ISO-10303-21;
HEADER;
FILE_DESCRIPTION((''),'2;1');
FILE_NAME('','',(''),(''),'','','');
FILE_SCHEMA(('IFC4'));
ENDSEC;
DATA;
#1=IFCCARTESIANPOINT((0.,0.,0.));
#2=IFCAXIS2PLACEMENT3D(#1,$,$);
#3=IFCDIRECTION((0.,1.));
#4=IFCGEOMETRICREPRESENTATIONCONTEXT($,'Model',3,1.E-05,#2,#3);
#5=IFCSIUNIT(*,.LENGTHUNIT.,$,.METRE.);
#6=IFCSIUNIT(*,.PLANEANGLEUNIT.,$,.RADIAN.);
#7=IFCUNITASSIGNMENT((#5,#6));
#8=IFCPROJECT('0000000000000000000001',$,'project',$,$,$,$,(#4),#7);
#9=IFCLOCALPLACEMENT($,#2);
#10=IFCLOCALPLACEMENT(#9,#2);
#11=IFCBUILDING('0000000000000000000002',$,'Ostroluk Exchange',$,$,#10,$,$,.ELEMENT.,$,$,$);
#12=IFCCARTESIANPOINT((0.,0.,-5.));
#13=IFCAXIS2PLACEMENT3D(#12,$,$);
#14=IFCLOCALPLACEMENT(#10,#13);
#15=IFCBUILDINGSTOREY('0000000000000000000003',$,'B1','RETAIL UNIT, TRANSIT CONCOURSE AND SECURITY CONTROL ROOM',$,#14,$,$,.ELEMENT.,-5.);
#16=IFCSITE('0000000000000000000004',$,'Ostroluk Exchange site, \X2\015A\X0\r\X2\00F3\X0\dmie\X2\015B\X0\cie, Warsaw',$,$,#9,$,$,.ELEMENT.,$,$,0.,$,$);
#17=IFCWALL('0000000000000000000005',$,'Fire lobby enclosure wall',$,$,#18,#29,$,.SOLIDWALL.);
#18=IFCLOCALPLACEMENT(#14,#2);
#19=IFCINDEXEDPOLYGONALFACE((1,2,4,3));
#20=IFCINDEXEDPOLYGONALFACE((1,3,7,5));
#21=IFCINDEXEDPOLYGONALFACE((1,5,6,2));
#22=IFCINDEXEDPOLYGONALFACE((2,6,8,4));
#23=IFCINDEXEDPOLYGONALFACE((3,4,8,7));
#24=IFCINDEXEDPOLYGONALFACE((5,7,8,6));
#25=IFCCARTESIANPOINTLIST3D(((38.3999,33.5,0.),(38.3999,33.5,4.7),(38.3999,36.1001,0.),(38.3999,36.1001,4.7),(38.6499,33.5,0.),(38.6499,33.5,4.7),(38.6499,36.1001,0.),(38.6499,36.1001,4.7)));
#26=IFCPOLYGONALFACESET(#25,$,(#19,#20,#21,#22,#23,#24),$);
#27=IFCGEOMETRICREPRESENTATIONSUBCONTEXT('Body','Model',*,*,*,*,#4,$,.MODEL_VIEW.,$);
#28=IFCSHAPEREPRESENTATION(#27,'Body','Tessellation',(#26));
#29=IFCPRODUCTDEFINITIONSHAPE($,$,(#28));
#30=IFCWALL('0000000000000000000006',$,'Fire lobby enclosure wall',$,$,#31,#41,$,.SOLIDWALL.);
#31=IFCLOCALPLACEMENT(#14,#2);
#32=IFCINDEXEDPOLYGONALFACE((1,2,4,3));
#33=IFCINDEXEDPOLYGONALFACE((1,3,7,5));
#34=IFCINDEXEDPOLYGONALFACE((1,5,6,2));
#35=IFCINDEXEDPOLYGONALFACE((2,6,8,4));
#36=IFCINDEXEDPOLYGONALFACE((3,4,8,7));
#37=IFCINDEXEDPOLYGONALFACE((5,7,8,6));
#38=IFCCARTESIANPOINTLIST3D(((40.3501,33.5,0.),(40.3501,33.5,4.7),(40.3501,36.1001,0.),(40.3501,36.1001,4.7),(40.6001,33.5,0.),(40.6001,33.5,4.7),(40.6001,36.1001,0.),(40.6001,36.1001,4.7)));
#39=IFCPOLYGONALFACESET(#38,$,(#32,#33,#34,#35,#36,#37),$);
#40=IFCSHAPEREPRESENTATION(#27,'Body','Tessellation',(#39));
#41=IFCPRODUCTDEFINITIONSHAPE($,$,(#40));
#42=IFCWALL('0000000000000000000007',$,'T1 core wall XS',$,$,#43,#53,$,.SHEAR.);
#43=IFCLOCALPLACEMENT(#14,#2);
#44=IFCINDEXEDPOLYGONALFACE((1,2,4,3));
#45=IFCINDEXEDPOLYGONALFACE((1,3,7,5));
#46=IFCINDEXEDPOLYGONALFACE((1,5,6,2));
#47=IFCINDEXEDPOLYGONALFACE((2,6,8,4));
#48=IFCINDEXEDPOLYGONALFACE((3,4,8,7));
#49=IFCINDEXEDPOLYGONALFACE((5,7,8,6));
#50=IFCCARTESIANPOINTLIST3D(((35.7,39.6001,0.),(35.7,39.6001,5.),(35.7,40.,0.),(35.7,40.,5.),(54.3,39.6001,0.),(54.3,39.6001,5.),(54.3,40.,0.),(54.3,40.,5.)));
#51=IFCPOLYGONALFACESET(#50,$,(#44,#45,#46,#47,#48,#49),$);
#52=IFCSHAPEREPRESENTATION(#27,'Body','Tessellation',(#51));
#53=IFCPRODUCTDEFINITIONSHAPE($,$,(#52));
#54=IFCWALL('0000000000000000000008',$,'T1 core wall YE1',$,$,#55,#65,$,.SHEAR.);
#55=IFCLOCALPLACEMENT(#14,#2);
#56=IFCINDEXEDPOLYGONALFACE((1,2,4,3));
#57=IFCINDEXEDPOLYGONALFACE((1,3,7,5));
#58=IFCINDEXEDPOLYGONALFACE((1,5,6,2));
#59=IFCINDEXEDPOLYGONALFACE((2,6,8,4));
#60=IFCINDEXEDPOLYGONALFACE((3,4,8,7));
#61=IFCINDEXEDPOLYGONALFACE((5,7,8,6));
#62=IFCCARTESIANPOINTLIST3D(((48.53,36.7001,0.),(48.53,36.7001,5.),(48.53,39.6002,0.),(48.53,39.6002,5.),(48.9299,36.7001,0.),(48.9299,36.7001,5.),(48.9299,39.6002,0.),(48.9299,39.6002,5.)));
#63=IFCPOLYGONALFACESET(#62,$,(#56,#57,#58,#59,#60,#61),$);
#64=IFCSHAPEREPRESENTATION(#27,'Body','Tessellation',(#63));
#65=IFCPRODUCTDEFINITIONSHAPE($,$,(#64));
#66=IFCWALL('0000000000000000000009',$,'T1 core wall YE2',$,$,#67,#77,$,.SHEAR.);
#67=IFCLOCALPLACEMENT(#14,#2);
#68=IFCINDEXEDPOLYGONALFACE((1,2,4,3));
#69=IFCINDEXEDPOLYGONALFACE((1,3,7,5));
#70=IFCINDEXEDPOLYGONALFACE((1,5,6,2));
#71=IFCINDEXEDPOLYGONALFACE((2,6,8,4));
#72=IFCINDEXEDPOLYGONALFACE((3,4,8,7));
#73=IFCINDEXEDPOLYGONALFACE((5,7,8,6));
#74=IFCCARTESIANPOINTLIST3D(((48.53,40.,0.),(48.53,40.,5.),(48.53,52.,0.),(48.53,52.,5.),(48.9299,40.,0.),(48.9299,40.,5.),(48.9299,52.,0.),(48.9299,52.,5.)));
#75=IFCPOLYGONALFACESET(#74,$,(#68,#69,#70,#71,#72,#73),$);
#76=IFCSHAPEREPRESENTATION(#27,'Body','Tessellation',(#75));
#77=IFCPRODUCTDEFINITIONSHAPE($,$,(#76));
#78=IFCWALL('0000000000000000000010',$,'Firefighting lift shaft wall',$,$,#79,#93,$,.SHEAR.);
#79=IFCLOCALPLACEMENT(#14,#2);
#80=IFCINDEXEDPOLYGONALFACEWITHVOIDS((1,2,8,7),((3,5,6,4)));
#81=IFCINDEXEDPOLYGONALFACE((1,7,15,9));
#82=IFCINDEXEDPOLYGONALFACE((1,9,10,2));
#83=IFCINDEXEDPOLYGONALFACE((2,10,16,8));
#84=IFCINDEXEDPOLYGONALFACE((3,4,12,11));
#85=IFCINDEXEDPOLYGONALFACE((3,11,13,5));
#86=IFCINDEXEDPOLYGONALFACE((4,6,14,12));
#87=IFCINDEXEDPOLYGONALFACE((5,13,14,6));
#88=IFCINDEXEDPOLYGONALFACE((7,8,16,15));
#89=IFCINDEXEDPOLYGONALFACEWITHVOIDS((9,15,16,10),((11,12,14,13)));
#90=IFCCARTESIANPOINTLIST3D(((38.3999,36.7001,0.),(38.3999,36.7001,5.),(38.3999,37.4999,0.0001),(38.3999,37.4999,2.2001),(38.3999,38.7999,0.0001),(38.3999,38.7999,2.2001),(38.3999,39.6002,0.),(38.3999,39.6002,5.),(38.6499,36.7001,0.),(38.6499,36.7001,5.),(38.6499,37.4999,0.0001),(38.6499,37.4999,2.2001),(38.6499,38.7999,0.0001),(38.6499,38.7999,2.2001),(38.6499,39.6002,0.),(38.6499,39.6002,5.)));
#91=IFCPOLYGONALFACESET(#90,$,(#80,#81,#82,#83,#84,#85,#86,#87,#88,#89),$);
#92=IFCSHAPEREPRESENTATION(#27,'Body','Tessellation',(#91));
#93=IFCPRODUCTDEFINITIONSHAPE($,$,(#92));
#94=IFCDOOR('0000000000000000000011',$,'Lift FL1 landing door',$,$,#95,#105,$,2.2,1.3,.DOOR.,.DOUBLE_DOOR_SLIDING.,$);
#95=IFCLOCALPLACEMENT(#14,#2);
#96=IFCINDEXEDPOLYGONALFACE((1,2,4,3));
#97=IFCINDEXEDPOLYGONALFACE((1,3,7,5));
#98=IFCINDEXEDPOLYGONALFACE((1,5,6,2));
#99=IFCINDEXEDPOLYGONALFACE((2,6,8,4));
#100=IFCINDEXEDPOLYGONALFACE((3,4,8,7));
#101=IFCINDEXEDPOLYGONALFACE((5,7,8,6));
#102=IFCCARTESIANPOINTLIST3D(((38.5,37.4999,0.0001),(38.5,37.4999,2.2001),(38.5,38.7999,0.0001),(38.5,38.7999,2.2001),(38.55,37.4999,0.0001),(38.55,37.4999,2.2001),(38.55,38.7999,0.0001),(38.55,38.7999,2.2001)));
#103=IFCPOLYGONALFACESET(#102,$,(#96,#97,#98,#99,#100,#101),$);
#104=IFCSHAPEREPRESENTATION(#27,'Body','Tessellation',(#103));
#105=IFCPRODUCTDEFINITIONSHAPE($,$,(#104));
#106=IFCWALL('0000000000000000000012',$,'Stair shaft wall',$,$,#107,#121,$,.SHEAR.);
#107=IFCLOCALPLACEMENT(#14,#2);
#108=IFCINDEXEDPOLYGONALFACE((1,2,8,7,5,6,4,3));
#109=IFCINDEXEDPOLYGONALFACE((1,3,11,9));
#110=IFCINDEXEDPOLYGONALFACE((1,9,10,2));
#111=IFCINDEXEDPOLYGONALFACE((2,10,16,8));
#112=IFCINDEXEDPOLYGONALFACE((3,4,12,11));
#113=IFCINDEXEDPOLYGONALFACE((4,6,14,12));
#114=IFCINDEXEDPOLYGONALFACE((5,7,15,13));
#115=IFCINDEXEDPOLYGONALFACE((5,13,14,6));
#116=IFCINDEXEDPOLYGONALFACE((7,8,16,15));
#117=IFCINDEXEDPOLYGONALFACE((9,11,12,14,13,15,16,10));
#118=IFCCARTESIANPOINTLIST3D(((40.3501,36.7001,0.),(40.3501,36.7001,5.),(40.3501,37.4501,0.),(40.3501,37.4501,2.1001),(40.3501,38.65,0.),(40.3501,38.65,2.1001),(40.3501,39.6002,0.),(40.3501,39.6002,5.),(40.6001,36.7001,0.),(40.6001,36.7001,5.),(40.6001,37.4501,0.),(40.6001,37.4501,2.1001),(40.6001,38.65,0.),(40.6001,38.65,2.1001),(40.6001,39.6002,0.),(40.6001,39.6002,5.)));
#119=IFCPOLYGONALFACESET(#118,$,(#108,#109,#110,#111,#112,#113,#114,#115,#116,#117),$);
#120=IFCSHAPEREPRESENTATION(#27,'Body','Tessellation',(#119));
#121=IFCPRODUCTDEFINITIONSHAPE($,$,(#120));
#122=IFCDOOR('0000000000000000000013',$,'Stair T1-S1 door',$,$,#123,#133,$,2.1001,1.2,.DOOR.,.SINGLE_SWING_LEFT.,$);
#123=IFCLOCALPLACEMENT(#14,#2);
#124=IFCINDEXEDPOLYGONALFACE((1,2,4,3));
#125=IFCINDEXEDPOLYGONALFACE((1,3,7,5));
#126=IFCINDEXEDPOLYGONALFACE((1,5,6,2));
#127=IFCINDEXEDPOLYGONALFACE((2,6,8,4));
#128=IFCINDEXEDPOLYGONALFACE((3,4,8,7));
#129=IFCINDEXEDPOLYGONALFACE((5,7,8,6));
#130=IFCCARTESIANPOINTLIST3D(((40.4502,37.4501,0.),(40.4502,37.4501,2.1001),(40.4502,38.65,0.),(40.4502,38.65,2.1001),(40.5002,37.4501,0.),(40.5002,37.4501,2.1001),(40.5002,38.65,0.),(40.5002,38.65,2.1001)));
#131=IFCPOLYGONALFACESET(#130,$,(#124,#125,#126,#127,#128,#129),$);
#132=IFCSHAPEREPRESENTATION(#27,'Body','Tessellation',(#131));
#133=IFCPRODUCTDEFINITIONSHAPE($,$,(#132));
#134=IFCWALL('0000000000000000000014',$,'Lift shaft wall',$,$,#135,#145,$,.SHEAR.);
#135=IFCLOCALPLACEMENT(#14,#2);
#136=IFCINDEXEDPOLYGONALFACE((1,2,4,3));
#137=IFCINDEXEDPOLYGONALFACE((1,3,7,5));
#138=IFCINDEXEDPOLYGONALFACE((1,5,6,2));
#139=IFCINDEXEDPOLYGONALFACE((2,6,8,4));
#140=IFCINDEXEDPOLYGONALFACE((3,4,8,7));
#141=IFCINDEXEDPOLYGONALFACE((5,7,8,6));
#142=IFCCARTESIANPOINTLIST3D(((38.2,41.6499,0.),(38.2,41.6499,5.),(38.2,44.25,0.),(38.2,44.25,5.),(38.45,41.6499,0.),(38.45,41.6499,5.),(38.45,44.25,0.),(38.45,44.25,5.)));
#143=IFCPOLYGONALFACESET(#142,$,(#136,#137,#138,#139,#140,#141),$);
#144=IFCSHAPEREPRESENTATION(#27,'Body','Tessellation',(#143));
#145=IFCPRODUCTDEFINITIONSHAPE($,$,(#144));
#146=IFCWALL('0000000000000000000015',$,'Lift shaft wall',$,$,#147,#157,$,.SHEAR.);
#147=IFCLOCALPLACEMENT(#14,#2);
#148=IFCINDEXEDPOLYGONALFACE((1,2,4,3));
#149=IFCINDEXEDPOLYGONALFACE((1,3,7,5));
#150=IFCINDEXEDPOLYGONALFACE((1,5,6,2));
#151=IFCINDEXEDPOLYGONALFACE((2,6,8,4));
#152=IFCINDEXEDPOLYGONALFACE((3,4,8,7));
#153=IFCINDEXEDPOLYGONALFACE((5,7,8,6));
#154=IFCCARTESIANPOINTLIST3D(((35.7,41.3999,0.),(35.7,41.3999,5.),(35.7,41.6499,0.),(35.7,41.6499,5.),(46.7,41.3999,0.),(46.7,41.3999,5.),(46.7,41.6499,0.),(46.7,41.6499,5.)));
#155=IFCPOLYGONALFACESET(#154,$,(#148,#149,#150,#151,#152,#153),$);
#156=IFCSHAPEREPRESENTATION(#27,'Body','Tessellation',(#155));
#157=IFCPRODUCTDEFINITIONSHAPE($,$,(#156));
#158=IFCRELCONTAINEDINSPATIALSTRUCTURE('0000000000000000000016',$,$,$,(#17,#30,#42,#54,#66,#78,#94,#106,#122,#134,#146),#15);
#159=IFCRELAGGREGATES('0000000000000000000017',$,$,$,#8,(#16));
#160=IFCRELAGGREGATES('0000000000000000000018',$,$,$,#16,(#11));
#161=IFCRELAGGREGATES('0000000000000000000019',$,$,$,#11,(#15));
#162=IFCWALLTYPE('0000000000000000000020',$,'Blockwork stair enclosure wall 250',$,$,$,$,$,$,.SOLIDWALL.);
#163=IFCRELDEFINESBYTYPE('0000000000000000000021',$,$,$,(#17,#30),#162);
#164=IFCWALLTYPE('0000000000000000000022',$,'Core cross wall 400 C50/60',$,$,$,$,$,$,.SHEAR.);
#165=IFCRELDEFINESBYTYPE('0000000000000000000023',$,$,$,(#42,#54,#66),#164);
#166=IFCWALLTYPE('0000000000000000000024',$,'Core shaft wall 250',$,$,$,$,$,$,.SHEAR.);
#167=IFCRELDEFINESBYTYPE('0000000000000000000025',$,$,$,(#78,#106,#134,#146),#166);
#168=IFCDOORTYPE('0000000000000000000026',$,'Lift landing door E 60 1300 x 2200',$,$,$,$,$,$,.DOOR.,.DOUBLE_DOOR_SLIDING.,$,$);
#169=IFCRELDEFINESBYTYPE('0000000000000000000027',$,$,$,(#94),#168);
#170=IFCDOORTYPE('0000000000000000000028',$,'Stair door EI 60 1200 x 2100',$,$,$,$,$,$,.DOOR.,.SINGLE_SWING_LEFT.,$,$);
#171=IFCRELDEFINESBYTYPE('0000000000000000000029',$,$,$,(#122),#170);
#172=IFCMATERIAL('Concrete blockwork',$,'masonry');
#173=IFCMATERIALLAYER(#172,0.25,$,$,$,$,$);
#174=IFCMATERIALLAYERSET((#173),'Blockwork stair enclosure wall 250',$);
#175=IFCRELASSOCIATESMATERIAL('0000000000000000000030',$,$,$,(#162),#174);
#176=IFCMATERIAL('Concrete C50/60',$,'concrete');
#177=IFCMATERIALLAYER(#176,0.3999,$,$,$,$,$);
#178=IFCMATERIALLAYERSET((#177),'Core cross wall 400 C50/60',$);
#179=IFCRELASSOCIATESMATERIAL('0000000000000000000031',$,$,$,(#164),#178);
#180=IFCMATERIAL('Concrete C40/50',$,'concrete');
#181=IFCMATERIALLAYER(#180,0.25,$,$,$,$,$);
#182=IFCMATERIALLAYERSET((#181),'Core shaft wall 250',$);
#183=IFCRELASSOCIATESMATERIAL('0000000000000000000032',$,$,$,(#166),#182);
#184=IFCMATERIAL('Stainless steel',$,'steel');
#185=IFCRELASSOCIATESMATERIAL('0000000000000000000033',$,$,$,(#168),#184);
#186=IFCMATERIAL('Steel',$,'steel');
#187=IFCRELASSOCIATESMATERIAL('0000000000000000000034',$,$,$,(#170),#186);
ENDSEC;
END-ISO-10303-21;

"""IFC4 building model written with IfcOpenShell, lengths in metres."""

from ifc_helpers import new_model, si_unit, direction, frame, frame_2d, origin, place, context, subcontext, project, spatial, rectangle, extrude, material, layer, layer_set, type_object, element, fill, save


model = new_model("IFC4")

# Units and contexts
model_context = context("Model", 3, precision=1e-05, world=origin(), true_north=direction((0.0, 1.0)))
body_context = subcontext(model_context, "Body", "Model", "MODEL_VIEW")
ifc_project = project(units=[si_unit("LENGTHUNIT", "METRE"), si_unit("PLANEANGLEUNIT", "RADIAN")], contexts=[model_context])

# Site, building, storey
site_placement = place(None, origin())
site = spatial("IfcSite", under=ifc_project, at=site_placement, Name="Ostroluk Exchange site, Śródmieście, Warsaw", CompositionType="ELEMENT", RefElevation=0.0)
building_placement = place(site_placement, origin())
building = spatial("IfcBuilding", under=site, at=building_placement, Name="Ostroluk Exchange", CompositionType="ELEMENT")
storey_placement = place(building_placement, frame((0.0, 0.0, -5.0)))
storey = spatial("IfcBuildingStorey", under=building, at=storey_placement, Name="B1", Description="RETAIL UNIT, TRANSIT CONCOURSE AND SECURITY CONTROL ROOM", CompositionType="ELEMENT", Elevation=-5.0)

# Walls
ifc_material_1 = material(Name="Concrete blockwork", Category="masonry")
ifc_layer_1 = layer(ifc_material_1, 0.25)
ifc_layer_set_1 = layer_set([ifc_layer_1], Name="Blockwork stair enclosure wall 250")
wall_type_1 = type_object("IfcWallType", Name="Blockwork stair enclosure wall 250", PredefinedType="SOLIDWALL", material=ifc_layer_set_1)
for number, where, z_axis, x_axis, name in (
    (1, (38.5249, 33.5, 0.0), (0.0, 0.0, 1.0), (0.0, 1.0, 0.0), "Fire lobby enclosure wall"),
    (2, (40.4751, 33.5, 0.0), (0.0, 0.0, 1.0), (0.0, 1.0, 0.0), "Fire lobby enclosure wall"),
):
    element("IfcWall", number, at=place(storey_placement, frame(where, z_axis=z_axis, x_axis=x_axis)), inside=storey, type_object=wall_type_1, Name=name, PredefinedType="SOLIDWALL", context=body_context, shape_type="SweptSolid", body=[
        extrude(rectangle(XDim=2.6001, YDim=0.25, at=frame_2d((1.3, 0.0))), origin(), (0.0, 0.0, 1.0), 4.7),
    ])
ifc_material_2 = material(Name="Concrete C50/60", Category="concrete")
ifc_layer_2 = layer(ifc_material_2, 0.3999)
ifc_layer_set_2 = layer_set([ifc_layer_2], Name="Core cross wall 400 C50/60")
wall_type_2 = type_object("IfcWallType", Name="Core cross wall 400 C50/60", PredefinedType="SHEAR", material=ifc_layer_set_2)
wall_1_placement = place(storey_placement, frame((35.7, 39.8, 0.0), z_axis=(0.0, 0.0, 1.0), x_axis=(1.0, 0.0, 0.0)))
element("IfcWall", 3, at=wall_1_placement, inside=storey, type_object=wall_type_2, Name="T1 core wall XS", PredefinedType="SHEAR", context=body_context, shape_type="SweptSolid", body=[
    extrude(rectangle(XDim=18.6001, YDim=0.3999, at=frame_2d((9.3, 0.0))), origin(), (0.0, 0.0, 1.0), 5.0),
])
wall_2_placement = place(storey_placement, frame((48.73, 36.7, 0.0), z_axis=(0.0, 0.0, 1.0), x_axis=(0.0, 1.0, 0.0)))
element("IfcWall", 4, at=wall_2_placement, inside=storey, type_object=wall_type_2, Name="T1 core wall YE1", PredefinedType="SHEAR", context=body_context, shape_type="SweptSolid", body=[
    extrude(rectangle(XDim=2.9001, YDim=0.3999, at=frame_2d((1.4502, 0.0))), origin(), (0.0, 0.0, 1.0), 5.0),
])
wall_3_placement = place(storey_placement, frame((48.73, 40.0, 0.0), z_axis=(0.0, 0.0, 1.0), x_axis=(0.0, 1.0, 0.0)))
element("IfcWall", 5, at=wall_3_placement, inside=storey, type_object=wall_type_2, Name="T1 core wall YE2", PredefinedType="SHEAR", context=body_context, shape_type="SweptSolid", body=[
    extrude(rectangle(XDim=12.0, YDim=0.3999, at=frame_2d((6.0, 0.0))), origin(), (0.0, 0.0, 1.0), 5.0),
])

# Walls, openings, doors
ifc_material_3 = material(Name="Concrete C40/50", Category="concrete")
ifc_layer_3 = layer(ifc_material_3, 0.25)
ifc_layer_set_3 = layer_set([ifc_layer_3], Name="Core shaft wall 250")
wall_type_3 = type_object("IfcWallType", Name="Core shaft wall 250", PredefinedType="SHEAR", material=ifc_layer_set_3)
wall_4_placement = place(storey_placement, frame((38.5249, 36.7, 0.0), z_axis=(0.0, 0.0, 1.0), x_axis=(0.0, 1.0, 0.0)))
wall_4 = element("IfcWall", 6, at=wall_4_placement, inside=storey, type_object=wall_type_3, Name="Firefighting lift shaft wall", PredefinedType="SHEAR", context=body_context, shape_type="SweptSolid", body=[
    extrude(rectangle(XDim=2.9001, YDim=0.25, at=frame_2d((1.4502, 0.0))), origin(), (0.0, 0.0, 1.0), 5.0),
])
opening_1_placement = place(wall_4_placement, frame((0.8, 0.0, 0.0)))
opening_1 = element("IfcOpeningElement", 7, at=opening_1_placement, cuts=wall_4, PredefinedType="OPENING", context=body_context, shape_type="SweptSolid", body=[
    extrude(rectangle(XDim=1.3, YDim=2.2, at=frame_2d((0.6499, 1.1001))), frame((0.0, 0.135, 0.0), z_axis=(0.0, -1.0, 0.0), x_axis=(1.0, 0.0, 0.0)), (0.0, 0.0, 1.0), 0.27),
])
ifc_material_4 = material(Name="Stainless steel", Category="steel")
door_type_1 = type_object("IfcDoorType", Name="Lift landing door E 60 1300 x 2200", OperationType="DOUBLE_DOOR_SLIDING", PredefinedType="DOOR", material=ifc_material_4)
door_1_placement = place(opening_1_placement, origin())
door_1 = element("IfcDoor", 8, at=door_1_placement, inside=storey, type_object=door_type_1, Name="Lift FL1 landing door", OperationType="DOUBLE_DOOR_SLIDING", OverallHeight=2.2, OverallWidth=1.3, PredefinedType="DOOR", context=body_context, shape_type="SweptSolid", body=[
    extrude(rectangle(XDim=1.3, YDim=2.2, at=frame_2d((0.6499, 1.1001))), frame((0.0, 0.0249, 0.0), z_axis=(0.0, -1.0, 0.0), x_axis=(1.0, 0.0, 0.0)), (0.0, 0.0, 1.0), 0.05),
])
fill(opening_1, door_1)
wall_5_placement = place(storey_placement, frame((40.4751, 36.7, 0.0), z_axis=(0.0, 0.0, 1.0), x_axis=(0.0, 1.0, 0.0)))
wall_5 = element("IfcWall", 9, at=wall_5_placement, inside=storey, type_object=wall_type_3, Name="Stair shaft wall", PredefinedType="SHEAR", context=body_context, shape_type="SweptSolid", body=[
    extrude(rectangle(XDim=2.9001, YDim=0.25, at=frame_2d((1.4502, 0.0))), origin(), (0.0, 0.0, 1.0), 5.0),
])
opening_2_placement = place(wall_5_placement, frame((0.75, 0.0, 0.0)))
opening_2 = element("IfcOpeningElement", 10, at=opening_2_placement, cuts=wall_5, PredefinedType="OPENING", context=body_context, shape_type="SweptSolid", body=[
    extrude(rectangle(XDim=1.2, YDim=2.1001, at=frame_2d((0.6001, 1.05))), frame((0.0, 0.135, 0.0), z_axis=(0.0, -1.0, 0.0), x_axis=(1.0, 0.0, 0.0)), (0.0, 0.0, 1.0), 0.27),
])
ifc_material_5 = material(Name="Steel", Category="steel")
door_type_2 = type_object("IfcDoorType", Name="Stair door EI 60 1200 x 2100", OperationType="SINGLE_SWING_LEFT", PredefinedType="DOOR", material=ifc_material_5)
door_2_placement = place(opening_2_placement, origin())
door_2 = element("IfcDoor", 11, at=door_2_placement, inside=storey, type_object=door_type_2, Name="Stair T1-S1 door", OperationType="SINGLE_SWING_LEFT", OverallHeight=2.1001, OverallWidth=1.2, PredefinedType="DOOR", context=body_context, shape_type="SweptSolid", body=[
    extrude(rectangle(XDim=1.2, YDim=2.1001, at=frame_2d((0.6001, 1.05))), frame((0.0, 0.0249, 0.0), z_axis=(0.0, -1.0, 0.0), x_axis=(1.0, 0.0, 0.0)), (0.0, 0.0, 1.0), 0.05),
])
fill(opening_2, door_2)

# Walls
wall_6_placement = place(storey_placement, frame((38.325, 44.25, 0.0), z_axis=(0.0, 0.0, 1.0), x_axis=(0.0, -1.0, 0.0)))
element("IfcWall", 12, at=wall_6_placement, inside=storey, type_object=wall_type_3, Name="Lift shaft wall", PredefinedType="SHEAR", context=body_context, shape_type="SweptSolid", body=[
    extrude(rectangle(XDim=2.6001, YDim=0.25, at=frame_2d((1.3, 0.0))), origin(), (0.0, 0.0, 1.0), 5.0),
])
wall_7_placement = place(storey_placement, frame((35.7, 41.5249, 0.0), z_axis=(0.0, 0.0, 1.0), x_axis=(1.0, 0.0, 0.0)))
element("IfcWall", 13, at=wall_7_placement, inside=storey, type_object=wall_type_3, Name="Lift shaft wall", PredefinedType="SHEAR", context=body_context, shape_type="SweptSolid", body=[
    extrude(rectangle(XDim=11.0, YDim=0.25, at=frame_2d((5.5, 0.0))), origin(), (0.0, 0.0, 1.0), 5.0),
])

save(model, "model.ifc")
